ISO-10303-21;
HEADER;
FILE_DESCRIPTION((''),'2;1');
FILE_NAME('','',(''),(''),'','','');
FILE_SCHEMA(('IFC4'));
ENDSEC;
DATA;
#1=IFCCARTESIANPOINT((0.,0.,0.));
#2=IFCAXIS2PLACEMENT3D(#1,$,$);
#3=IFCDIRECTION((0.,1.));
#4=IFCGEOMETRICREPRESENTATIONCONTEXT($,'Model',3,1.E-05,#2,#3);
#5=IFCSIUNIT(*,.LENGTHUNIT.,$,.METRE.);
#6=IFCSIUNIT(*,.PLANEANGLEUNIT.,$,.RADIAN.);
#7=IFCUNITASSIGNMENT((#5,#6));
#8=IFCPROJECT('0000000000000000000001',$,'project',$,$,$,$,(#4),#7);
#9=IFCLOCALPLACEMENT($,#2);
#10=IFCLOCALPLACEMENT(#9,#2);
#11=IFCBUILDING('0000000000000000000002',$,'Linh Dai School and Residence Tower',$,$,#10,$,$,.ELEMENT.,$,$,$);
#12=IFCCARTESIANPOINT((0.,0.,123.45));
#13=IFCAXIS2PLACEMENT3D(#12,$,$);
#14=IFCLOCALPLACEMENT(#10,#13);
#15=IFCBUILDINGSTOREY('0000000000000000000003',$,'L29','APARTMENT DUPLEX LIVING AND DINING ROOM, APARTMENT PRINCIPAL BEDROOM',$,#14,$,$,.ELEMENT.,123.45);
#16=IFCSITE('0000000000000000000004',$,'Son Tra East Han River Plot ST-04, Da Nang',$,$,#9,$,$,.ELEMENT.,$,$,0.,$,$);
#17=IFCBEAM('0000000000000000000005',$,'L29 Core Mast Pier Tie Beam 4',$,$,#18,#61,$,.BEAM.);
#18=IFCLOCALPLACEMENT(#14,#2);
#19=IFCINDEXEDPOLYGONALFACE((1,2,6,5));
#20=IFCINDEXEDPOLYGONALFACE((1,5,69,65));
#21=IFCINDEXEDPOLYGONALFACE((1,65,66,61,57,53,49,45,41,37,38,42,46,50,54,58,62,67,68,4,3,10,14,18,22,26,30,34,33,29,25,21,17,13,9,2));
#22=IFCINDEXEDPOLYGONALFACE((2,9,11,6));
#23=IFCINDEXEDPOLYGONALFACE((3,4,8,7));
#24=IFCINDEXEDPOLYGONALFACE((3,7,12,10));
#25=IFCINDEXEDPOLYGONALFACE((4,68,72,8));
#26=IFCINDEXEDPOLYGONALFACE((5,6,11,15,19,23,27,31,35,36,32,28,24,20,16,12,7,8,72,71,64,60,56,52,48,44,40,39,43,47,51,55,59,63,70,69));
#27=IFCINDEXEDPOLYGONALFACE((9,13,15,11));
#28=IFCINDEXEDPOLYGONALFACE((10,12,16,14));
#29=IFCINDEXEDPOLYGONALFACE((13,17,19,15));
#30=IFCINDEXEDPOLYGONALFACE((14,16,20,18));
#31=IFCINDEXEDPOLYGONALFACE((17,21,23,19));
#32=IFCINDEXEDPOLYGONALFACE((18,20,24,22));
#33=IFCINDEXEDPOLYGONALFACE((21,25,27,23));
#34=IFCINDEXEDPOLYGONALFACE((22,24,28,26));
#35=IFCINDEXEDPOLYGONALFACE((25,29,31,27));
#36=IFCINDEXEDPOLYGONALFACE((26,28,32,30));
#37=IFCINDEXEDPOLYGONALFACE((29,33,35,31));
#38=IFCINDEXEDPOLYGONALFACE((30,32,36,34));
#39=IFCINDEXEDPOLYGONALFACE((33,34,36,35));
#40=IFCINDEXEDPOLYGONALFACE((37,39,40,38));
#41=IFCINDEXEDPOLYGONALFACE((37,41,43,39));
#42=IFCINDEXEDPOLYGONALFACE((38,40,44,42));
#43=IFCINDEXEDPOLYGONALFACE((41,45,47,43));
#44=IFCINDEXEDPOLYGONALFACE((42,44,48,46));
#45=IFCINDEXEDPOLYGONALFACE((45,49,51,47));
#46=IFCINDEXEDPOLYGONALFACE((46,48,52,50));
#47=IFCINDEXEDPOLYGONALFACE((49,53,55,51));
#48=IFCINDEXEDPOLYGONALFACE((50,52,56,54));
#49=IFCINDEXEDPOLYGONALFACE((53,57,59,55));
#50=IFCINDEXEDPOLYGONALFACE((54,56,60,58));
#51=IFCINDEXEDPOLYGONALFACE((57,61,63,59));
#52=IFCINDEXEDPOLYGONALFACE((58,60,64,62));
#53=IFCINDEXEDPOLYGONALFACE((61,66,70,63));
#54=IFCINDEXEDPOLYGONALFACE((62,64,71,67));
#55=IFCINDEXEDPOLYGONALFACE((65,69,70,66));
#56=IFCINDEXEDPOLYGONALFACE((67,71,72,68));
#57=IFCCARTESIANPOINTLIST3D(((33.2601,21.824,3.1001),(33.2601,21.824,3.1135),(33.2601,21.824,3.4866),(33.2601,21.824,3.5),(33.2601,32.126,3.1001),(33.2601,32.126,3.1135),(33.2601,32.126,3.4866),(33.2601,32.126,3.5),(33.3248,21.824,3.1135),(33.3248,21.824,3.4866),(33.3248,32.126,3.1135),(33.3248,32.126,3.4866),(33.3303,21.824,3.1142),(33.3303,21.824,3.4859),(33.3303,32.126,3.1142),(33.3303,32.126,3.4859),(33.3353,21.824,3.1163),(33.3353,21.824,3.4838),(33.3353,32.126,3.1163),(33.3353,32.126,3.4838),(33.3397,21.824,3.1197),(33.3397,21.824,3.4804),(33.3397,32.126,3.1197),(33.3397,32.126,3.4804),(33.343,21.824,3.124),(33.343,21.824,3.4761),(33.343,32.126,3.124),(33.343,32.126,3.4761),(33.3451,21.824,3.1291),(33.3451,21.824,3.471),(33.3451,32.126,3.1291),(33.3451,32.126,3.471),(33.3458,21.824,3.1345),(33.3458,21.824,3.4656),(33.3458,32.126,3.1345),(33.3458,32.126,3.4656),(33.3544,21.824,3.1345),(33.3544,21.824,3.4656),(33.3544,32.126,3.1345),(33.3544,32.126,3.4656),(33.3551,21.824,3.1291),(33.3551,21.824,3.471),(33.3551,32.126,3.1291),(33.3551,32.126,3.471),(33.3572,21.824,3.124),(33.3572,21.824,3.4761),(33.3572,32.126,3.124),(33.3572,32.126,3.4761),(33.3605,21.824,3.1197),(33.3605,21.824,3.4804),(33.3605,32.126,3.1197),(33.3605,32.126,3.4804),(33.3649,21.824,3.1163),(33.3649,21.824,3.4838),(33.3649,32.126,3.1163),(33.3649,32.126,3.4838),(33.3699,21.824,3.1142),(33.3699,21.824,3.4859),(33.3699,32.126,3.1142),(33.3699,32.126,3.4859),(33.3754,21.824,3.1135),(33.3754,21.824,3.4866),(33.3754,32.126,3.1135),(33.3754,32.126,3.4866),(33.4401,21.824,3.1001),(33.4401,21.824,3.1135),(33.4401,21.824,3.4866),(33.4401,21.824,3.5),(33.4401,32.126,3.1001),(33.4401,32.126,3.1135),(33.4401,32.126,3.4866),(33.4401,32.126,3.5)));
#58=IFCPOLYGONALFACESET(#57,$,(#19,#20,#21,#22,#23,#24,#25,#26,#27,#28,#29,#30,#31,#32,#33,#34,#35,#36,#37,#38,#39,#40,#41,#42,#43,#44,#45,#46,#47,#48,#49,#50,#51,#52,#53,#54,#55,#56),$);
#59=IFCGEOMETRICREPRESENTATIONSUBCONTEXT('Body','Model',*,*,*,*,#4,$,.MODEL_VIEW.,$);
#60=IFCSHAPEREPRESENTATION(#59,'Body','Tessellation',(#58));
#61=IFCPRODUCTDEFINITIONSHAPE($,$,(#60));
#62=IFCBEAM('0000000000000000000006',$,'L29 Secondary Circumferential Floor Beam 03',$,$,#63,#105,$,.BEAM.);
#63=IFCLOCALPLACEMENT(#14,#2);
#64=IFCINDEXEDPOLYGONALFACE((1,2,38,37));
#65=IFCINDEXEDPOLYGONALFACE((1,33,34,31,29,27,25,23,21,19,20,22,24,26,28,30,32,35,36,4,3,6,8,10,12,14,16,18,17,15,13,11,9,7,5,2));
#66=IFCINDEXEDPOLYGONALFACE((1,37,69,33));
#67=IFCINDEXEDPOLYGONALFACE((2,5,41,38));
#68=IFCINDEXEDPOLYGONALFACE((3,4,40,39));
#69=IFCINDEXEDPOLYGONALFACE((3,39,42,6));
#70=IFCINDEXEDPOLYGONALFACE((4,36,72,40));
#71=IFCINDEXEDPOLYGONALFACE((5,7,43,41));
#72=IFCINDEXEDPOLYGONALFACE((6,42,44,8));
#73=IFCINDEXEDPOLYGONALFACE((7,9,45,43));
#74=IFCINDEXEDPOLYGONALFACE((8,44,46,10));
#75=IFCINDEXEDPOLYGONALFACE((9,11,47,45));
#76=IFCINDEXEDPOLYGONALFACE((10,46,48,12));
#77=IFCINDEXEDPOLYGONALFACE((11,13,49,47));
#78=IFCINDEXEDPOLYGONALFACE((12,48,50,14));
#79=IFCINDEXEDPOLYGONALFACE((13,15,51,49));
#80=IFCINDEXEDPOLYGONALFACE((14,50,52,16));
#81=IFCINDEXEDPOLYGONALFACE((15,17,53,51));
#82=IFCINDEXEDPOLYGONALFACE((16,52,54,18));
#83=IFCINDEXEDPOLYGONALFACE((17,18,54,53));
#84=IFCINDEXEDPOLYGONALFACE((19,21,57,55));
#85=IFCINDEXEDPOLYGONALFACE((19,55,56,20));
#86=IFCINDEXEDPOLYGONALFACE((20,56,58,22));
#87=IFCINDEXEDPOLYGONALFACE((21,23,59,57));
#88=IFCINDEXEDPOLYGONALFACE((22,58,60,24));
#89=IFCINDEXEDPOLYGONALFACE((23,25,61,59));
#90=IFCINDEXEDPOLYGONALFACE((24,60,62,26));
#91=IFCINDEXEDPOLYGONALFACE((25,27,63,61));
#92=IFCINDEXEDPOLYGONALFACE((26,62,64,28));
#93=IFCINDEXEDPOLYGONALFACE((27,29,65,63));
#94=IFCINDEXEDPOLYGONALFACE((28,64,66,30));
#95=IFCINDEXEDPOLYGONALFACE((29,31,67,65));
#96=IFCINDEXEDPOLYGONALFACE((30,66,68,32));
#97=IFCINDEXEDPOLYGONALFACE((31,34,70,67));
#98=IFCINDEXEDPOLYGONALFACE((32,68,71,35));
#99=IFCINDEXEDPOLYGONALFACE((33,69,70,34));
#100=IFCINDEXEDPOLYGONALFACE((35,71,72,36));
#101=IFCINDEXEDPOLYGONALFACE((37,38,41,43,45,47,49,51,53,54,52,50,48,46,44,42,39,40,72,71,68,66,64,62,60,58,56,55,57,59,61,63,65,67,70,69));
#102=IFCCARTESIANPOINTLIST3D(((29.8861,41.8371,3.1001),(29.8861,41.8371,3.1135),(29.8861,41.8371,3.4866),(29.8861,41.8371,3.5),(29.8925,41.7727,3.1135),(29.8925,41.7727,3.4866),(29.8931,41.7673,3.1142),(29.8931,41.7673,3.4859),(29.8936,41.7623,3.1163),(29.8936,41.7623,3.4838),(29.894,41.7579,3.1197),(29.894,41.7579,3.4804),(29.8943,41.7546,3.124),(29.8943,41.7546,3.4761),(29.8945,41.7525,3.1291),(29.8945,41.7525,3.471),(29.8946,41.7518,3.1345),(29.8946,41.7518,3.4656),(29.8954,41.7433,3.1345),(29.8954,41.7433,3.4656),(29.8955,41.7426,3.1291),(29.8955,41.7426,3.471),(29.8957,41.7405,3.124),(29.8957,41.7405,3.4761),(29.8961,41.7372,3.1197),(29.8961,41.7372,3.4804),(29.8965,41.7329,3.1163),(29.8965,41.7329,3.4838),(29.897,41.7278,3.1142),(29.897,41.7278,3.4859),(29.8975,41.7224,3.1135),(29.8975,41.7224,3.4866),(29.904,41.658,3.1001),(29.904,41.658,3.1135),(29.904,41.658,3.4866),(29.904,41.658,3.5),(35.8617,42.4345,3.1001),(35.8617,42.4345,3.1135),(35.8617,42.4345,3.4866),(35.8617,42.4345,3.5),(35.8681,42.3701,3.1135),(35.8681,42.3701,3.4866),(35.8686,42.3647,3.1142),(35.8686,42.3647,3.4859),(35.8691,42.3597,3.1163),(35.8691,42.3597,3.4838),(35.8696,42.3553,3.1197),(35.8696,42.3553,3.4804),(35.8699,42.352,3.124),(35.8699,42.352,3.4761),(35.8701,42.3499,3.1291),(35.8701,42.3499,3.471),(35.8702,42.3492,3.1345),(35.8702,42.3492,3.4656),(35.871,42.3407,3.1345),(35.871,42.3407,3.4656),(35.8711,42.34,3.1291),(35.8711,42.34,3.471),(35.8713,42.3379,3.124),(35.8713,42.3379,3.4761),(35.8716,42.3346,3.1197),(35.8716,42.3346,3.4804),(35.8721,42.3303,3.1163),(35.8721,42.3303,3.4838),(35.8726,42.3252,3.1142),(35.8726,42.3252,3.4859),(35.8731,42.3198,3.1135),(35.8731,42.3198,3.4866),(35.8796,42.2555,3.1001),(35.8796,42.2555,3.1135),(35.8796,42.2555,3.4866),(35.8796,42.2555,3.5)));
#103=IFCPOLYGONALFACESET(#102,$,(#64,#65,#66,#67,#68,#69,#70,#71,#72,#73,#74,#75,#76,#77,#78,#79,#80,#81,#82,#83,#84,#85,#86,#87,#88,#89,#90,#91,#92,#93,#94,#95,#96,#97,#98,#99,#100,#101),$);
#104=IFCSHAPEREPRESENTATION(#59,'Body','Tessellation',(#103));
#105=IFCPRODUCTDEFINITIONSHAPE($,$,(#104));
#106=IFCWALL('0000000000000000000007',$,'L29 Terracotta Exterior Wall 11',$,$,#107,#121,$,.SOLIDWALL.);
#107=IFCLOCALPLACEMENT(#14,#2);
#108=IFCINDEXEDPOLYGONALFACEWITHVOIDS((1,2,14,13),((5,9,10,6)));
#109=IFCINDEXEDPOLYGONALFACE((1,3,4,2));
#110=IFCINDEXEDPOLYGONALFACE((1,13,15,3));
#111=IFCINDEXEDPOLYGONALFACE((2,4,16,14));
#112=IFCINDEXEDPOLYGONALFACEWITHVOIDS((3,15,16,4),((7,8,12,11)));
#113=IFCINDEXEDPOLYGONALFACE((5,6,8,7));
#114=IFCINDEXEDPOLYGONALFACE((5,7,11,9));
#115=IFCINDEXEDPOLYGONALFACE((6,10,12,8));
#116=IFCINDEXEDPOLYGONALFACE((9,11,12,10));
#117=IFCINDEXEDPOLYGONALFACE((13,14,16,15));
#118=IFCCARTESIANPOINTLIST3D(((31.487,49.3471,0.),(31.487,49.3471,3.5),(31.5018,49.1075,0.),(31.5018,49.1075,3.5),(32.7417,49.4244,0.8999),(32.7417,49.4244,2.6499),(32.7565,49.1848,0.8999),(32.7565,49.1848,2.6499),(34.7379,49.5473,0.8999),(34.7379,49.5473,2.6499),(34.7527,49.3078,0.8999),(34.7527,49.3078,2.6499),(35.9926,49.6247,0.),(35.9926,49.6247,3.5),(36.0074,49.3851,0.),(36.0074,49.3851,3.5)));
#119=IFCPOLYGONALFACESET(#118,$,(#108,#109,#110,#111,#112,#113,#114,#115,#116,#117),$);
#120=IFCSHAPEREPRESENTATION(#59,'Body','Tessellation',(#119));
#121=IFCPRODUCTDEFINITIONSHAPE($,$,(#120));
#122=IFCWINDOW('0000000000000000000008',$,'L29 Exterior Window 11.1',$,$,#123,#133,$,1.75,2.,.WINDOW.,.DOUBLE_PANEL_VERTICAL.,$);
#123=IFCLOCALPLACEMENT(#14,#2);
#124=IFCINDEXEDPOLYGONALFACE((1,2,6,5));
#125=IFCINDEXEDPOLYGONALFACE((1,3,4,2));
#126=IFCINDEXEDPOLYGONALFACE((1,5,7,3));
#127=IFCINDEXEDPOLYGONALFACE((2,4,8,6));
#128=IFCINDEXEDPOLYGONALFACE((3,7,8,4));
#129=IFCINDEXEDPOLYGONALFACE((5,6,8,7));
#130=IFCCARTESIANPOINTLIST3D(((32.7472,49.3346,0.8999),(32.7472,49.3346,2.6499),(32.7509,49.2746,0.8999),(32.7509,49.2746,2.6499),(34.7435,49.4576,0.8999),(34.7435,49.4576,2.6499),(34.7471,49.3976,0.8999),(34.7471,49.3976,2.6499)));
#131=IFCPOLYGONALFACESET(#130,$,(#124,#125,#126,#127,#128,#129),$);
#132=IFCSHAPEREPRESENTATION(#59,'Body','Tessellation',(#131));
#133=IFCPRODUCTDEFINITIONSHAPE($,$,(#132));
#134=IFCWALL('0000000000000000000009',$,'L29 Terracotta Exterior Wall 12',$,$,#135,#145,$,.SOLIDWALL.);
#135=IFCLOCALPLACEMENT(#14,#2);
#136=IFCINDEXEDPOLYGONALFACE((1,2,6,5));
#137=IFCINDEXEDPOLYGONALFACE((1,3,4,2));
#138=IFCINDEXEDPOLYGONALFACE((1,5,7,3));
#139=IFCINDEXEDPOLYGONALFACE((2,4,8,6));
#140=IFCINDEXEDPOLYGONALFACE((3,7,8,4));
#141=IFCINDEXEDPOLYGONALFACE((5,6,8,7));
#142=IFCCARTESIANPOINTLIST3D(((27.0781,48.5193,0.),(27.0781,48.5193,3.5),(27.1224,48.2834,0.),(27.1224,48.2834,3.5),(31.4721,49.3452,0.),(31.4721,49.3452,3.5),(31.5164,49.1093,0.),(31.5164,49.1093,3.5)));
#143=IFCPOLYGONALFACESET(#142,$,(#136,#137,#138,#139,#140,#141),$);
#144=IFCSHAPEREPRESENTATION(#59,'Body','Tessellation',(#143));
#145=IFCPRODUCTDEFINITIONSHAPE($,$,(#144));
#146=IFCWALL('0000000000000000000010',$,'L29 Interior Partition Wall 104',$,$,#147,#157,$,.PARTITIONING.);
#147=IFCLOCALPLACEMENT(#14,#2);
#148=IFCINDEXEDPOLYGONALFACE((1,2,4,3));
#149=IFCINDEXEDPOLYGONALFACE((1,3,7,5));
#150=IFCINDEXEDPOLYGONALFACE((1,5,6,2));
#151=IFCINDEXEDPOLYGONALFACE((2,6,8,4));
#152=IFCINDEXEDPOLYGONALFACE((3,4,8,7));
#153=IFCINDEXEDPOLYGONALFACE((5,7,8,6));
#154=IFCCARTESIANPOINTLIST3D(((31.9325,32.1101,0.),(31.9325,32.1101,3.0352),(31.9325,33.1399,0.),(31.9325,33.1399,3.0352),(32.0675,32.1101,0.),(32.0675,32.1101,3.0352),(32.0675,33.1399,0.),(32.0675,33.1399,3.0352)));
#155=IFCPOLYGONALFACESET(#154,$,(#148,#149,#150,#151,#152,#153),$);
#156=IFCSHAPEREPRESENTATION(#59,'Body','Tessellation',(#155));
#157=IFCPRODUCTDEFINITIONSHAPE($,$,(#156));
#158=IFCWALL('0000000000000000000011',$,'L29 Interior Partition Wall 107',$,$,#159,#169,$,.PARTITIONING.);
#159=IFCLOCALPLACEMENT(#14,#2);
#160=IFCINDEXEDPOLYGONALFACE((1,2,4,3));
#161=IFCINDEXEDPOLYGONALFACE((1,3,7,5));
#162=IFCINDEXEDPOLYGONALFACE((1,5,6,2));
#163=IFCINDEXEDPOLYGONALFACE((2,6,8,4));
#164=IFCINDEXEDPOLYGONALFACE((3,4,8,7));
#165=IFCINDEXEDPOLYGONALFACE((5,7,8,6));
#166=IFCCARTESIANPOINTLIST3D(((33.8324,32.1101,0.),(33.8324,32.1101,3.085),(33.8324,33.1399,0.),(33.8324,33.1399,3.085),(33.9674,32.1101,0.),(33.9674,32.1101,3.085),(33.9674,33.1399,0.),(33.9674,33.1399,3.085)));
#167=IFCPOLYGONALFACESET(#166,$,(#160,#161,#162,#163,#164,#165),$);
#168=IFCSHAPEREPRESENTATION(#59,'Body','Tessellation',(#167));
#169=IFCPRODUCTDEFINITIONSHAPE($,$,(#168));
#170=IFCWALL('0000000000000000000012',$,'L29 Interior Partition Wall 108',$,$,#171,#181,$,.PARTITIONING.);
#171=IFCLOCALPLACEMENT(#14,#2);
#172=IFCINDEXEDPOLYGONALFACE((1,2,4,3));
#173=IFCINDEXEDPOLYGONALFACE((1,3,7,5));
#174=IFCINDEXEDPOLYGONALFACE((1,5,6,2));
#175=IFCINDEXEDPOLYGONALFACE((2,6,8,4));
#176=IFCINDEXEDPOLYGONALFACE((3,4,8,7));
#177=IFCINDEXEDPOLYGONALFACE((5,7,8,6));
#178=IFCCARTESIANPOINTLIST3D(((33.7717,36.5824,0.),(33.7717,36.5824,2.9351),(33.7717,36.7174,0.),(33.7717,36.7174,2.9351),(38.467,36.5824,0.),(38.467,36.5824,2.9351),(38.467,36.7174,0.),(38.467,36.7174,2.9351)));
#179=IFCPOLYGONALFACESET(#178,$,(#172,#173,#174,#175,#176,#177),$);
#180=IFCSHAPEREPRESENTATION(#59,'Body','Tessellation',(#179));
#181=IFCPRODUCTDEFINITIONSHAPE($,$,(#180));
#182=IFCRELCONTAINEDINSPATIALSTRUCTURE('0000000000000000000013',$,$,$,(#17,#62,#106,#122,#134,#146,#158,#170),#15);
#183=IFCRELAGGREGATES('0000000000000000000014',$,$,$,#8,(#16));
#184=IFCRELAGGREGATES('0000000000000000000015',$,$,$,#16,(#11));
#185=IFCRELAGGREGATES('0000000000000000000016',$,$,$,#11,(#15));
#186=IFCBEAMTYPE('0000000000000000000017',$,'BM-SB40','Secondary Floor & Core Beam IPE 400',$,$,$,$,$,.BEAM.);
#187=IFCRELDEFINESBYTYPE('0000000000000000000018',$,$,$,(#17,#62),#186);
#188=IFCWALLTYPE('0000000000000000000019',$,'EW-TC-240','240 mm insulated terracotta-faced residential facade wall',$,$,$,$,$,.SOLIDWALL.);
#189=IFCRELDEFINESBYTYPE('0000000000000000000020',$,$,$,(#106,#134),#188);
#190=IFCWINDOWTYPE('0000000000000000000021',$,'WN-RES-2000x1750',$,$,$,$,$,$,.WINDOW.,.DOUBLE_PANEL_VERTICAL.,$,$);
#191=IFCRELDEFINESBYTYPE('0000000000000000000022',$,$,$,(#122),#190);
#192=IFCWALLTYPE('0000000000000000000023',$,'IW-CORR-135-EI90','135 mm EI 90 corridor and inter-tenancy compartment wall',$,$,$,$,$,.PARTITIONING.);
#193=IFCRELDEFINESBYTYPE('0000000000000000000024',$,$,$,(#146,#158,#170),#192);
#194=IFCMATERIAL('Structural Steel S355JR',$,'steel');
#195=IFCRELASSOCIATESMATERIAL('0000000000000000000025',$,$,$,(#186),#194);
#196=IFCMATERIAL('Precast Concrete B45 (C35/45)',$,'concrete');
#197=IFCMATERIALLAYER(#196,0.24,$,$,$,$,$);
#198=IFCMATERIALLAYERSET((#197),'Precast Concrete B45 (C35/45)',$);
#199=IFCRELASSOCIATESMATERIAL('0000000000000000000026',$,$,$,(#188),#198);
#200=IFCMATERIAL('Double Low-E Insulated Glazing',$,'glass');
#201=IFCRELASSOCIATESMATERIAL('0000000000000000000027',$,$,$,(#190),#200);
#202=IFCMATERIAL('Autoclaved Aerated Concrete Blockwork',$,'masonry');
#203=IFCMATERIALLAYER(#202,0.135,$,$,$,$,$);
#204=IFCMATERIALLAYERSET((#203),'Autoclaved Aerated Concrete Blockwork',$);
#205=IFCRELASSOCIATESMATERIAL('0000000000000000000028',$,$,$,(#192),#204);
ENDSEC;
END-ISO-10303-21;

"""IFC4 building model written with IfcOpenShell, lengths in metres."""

from ifc_helpers import new_model, si_unit, direction, frame, frame_2d, origin, origin_2d, place, context, subcontext, project, spatial, rectangle, i_section, extrude, source, transform, mapped, material, layer, layer_set, material_profile, profile_set, type_object, element, fill, save


model = new_model("IFC4")

# Units and contexts
model_context = context("Model", 3, precision=1e-05, world=origin(), true_north=direction((0.0, 1.0)))
body_context = subcontext(model_context, "Body", "Model", "MODEL_VIEW")
ifc_project = project(units=[si_unit("LENGTHUNIT", "METRE"), si_unit("PLANEANGLEUNIT", "RADIAN")], contexts=[model_context])

# Site, building, storey
site_placement = place(None, origin())
site = spatial("IfcSite", under=ifc_project, at=site_placement, Name="Son Tra East Han River Plot ST-04, Da Nang", CompositionType="ELEMENT", RefElevation=0.0)
building_placement = place(site_placement, origin())
building = spatial("IfcBuilding", under=site, at=building_placement, Name="Linh Dai School and Residence Tower", CompositionType="ELEMENT")
storey_placement = place(building_placement, frame((0.0, 0.0, 123.45)))
storey = spatial("IfcBuildingStorey", under=building, at=storey_placement, Name="L29", Description="APARTMENT DUPLEX LIVING AND DINING ROOM, APARTMENT PRINCIPAL BEDROOM", CompositionType="ELEMENT", Elevation=123.45)

# Shared definitions
ifc_material_1 = material(Name="Structural Steel S355JR", Category="steel")

# Beams
ifc_material_profile_1 = material_profile(ifc_material_1, i_section(OverallWidth=0.1799, OverallDepth=0.3999, WebThickness=0.0085, FlangeThickness=0.0134, FilletRadius=0.021, at=origin_2d()), Name="IPE 400")
ifc_profile_set_1 = profile_set([ifc_material_profile_1], Name="Structural Steel S355JR")
beam_type_1 = type_object("IfcBeamType", Name="BM-SB40", Description="Secondary Floor & Core Beam IPE 400", PredefinedType="BEAM", material=ifc_profile_set_1)
beam_1_placement = place(storey_placement, frame((33.3501, 32.126, 3.3), z_axis=(0.0, -1.0, 0.0), x_axis=(1.0, 0.0, 0.0)))
element("IfcBeam", 1, at=beam_1_placement, inside=storey, type_object=beam_type_1, Name="L29 Core Mast Pier Tie Beam 4", PredefinedType="BEAM", context=body_context, shape_type="SweptSolid", body=[
    extrude(i_section(OverallWidth=0.1799, OverallDepth=0.3999, WebThickness=0.0085, FlangeThickness=0.0134, FilletRadius=0.021, at=origin_2d()), origin(), (0.0, 0.0, 1.0), 10.302),
])
beam_2_placement = place(storey_placement, frame((35.8706, 42.345, 3.3), z_axis=(-0.99504, -0.09948, 0.0), x_axis=(0.09948, -0.99504, 0.0)))
element("IfcBeam", 2, at=beam_2_placement, inside=storey, type_object=beam_type_1, Name="L29 Secondary Circumferential Floor Beam 03", PredefinedType="BEAM", context=body_context, shape_type="SweptSolid", body=[
    extrude(i_section(OverallWidth=0.1799, OverallDepth=0.3999, WebThickness=0.0085, FlangeThickness=0.0134, FilletRadius=0.021, at=origin_2d()), origin(), (0.0, 0.0, 1.0), 6.0054),
])

# Wall, opening, window
ifc_material_2 = material(Name="Precast Concrete B45 (C35/45)", Category="concrete")
ifc_layer_1 = layer(ifc_material_2, 0.24)
ifc_layer_set_1 = layer_set([ifc_layer_1], Name="Precast Concrete B45 (C35/45)")
wall_type_1 = type_object("IfcWallType", Name="EW-TC-240", Description="240 mm insulated terracotta-faced residential facade wall", PredefinedType="SOLIDWALL", material=ifc_layer_set_1)
wall_1_placement = place(storey_placement, frame((31.4944, 49.2273, 0.0), z_axis=(0.0, 0.0, 1.0), x_axis=(0.998108, 0.061493, 0.0)))
wall_1 = element("IfcWall", 3, at=wall_1_placement, inside=storey, type_object=wall_type_1, Name="L29 Terracotta Exterior Wall 11", PredefinedType="SOLIDWALL", context=body_context, shape_type="SweptSolid", body=[
    extrude(rectangle(XDim=4.5142, YDim=0.24, at=frame_2d((2.2571, 0.0))), origin(), (0.0, 0.0, 1.0), 3.5),
])
opening_1_placement = place(wall_1_placement, frame((1.2571, 0.0, 0.8999)))
opening_1 = element("IfcOpeningElement", 4, at=opening_1_placement, cuts=wall_1, PredefinedType="OPENING", context=body_context, shape_type="SweptSolid", body=[
    extrude(rectangle(XDim=2.0, YDim=1.75, at=origin_2d()), frame((1.0, 0.1299, 0.875), z_axis=(0.0, -1.0, 0.0), x_axis=(1.0, 0.0, 0.0)), (0.0, 0.0, 1.0), 0.26),
])
ifc_material_3 = material(Name="Double Low-E Insulated Glazing", Category="glass")
window_type = type_object("IfcWindowType", Name="WN-RES-2000x1750", PartitioningType="DOUBLE_PANEL_VERTICAL", PredefinedType="WINDOW", material=ifc_material_3)
shared_shape_1 = source(origin(), body_context, "Body", "SweptSolid", [
    extrude(rectangle(XDim=2.0, YDim=1.75, at=origin_2d()), frame((1.0, 0.03, 0.875), z_axis=(0.0, -1.0, 0.0), x_axis=(1.0, 0.0, 0.0)), (0.0, 0.0, 1.0), 0.0601),
])
window_placement = place(opening_1_placement, origin())
window = element("IfcWindow", 5, at=window_placement, inside=storey, type_object=window_type, Name="L29 Exterior Window 11.1", OverallHeight=1.75, OverallWidth=2.0, PartitioningType="DOUBLE_PANEL_VERTICAL", PredefinedType="WINDOW", context=body_context, shape_type="MappedRepresentation", body=[
    mapped(shared_shape_1, transform((0.0, 0.0, 0.0), x_axis=(1.0, 0.0, 0.0), y_axis=(0.0, 1.0, 0.0), z_axis=(0.0, 0.0, 1.0), scale=1.0)),
])
fill(opening_1, window)

# Walls
wall_2_placement = place(storey_placement, frame((27.1003, 48.4014, 0.0), z_axis=(0.0, 0.0, 1.0), x_axis=(0.982789, 0.18473, 0.0)))
element("IfcWall", 6, at=wall_2_placement, inside=storey, type_object=wall_type_1, Name="L29 Terracotta Exterior Wall 12", PredefinedType="SOLIDWALL", context=body_context, shape_type="SweptSolid", body=[
    extrude(rectangle(XDim=4.4709, YDim=0.24, at=frame_2d((2.2354, 0.0))), origin(), (0.0, 0.0, 1.0), 3.5),
])
ifc_material_4 = material(Name="Autoclaved Aerated Concrete Blockwork", Category="masonry")
ifc_layer_2 = layer(ifc_material_4, 0.135)
ifc_layer_set_2 = layer_set([ifc_layer_2], Name="Autoclaved Aerated Concrete Blockwork")
wall_type_2 = type_object("IfcWallType", Name="IW-CORR-135-EI90", Description="135 mm EI 90 corridor and inter-tenancy compartment wall", PredefinedType="PARTITIONING", material=ifc_layer_set_2)
wall_3_placement = place(storey_placement, frame((32.0, 33.1399, 0.0), z_axis=(0.0, 0.0, 1.0), x_axis=(0.0, -1.0, 0.0)))
element("IfcWall", 7, at=wall_3_placement, inside=storey, type_object=wall_type_2, Name="L29 Interior Partition Wall 104", PredefinedType="PARTITIONING", context=body_context, shape_type="SweptSolid", body=[
    extrude(rectangle(XDim=1.0298, YDim=0.135, at=frame_2d((0.5149, 0.0))), origin(), (0.0, 0.0, 1.0), 3.0352),
])
wall_4_placement = place(storey_placement, frame((33.8999, 32.1101, 0.0), z_axis=(0.0, 0.0, 1.0), x_axis=(0.0, 1.0, 0.0)))
element("IfcWall", 8, at=wall_4_placement, inside=storey, type_object=wall_type_2, Name="L29 Interior Partition Wall 107", PredefinedType="PARTITIONING", context=body_context, shape_type="SweptSolid", body=[
    extrude(rectangle(XDim=1.0298, YDim=0.135, at=frame_2d((0.5149, 0.0))), origin(), (0.0, 0.0, 1.0), 3.085),
])
wall_5_placement = place(storey_placement, frame((33.7717, 36.6499, 0.0), z_axis=(0.0, 0.0, 1.0), x_axis=(1.0, 0.0, 0.0)))
element("IfcWall", 9, at=wall_5_placement, inside=storey, type_object=wall_type_2, Name="L29 Interior Partition Wall 108", PredefinedType="PARTITIONING", context=body_context, shape_type="SweptSolid", body=[
    extrude(rectangle(XDim=4.6953, YDim=0.135, at=frame_2d((2.3477, 0.0))), origin(), (0.0, 0.0, 1.0), 2.9351),
])

save(model, "model.ifc")
